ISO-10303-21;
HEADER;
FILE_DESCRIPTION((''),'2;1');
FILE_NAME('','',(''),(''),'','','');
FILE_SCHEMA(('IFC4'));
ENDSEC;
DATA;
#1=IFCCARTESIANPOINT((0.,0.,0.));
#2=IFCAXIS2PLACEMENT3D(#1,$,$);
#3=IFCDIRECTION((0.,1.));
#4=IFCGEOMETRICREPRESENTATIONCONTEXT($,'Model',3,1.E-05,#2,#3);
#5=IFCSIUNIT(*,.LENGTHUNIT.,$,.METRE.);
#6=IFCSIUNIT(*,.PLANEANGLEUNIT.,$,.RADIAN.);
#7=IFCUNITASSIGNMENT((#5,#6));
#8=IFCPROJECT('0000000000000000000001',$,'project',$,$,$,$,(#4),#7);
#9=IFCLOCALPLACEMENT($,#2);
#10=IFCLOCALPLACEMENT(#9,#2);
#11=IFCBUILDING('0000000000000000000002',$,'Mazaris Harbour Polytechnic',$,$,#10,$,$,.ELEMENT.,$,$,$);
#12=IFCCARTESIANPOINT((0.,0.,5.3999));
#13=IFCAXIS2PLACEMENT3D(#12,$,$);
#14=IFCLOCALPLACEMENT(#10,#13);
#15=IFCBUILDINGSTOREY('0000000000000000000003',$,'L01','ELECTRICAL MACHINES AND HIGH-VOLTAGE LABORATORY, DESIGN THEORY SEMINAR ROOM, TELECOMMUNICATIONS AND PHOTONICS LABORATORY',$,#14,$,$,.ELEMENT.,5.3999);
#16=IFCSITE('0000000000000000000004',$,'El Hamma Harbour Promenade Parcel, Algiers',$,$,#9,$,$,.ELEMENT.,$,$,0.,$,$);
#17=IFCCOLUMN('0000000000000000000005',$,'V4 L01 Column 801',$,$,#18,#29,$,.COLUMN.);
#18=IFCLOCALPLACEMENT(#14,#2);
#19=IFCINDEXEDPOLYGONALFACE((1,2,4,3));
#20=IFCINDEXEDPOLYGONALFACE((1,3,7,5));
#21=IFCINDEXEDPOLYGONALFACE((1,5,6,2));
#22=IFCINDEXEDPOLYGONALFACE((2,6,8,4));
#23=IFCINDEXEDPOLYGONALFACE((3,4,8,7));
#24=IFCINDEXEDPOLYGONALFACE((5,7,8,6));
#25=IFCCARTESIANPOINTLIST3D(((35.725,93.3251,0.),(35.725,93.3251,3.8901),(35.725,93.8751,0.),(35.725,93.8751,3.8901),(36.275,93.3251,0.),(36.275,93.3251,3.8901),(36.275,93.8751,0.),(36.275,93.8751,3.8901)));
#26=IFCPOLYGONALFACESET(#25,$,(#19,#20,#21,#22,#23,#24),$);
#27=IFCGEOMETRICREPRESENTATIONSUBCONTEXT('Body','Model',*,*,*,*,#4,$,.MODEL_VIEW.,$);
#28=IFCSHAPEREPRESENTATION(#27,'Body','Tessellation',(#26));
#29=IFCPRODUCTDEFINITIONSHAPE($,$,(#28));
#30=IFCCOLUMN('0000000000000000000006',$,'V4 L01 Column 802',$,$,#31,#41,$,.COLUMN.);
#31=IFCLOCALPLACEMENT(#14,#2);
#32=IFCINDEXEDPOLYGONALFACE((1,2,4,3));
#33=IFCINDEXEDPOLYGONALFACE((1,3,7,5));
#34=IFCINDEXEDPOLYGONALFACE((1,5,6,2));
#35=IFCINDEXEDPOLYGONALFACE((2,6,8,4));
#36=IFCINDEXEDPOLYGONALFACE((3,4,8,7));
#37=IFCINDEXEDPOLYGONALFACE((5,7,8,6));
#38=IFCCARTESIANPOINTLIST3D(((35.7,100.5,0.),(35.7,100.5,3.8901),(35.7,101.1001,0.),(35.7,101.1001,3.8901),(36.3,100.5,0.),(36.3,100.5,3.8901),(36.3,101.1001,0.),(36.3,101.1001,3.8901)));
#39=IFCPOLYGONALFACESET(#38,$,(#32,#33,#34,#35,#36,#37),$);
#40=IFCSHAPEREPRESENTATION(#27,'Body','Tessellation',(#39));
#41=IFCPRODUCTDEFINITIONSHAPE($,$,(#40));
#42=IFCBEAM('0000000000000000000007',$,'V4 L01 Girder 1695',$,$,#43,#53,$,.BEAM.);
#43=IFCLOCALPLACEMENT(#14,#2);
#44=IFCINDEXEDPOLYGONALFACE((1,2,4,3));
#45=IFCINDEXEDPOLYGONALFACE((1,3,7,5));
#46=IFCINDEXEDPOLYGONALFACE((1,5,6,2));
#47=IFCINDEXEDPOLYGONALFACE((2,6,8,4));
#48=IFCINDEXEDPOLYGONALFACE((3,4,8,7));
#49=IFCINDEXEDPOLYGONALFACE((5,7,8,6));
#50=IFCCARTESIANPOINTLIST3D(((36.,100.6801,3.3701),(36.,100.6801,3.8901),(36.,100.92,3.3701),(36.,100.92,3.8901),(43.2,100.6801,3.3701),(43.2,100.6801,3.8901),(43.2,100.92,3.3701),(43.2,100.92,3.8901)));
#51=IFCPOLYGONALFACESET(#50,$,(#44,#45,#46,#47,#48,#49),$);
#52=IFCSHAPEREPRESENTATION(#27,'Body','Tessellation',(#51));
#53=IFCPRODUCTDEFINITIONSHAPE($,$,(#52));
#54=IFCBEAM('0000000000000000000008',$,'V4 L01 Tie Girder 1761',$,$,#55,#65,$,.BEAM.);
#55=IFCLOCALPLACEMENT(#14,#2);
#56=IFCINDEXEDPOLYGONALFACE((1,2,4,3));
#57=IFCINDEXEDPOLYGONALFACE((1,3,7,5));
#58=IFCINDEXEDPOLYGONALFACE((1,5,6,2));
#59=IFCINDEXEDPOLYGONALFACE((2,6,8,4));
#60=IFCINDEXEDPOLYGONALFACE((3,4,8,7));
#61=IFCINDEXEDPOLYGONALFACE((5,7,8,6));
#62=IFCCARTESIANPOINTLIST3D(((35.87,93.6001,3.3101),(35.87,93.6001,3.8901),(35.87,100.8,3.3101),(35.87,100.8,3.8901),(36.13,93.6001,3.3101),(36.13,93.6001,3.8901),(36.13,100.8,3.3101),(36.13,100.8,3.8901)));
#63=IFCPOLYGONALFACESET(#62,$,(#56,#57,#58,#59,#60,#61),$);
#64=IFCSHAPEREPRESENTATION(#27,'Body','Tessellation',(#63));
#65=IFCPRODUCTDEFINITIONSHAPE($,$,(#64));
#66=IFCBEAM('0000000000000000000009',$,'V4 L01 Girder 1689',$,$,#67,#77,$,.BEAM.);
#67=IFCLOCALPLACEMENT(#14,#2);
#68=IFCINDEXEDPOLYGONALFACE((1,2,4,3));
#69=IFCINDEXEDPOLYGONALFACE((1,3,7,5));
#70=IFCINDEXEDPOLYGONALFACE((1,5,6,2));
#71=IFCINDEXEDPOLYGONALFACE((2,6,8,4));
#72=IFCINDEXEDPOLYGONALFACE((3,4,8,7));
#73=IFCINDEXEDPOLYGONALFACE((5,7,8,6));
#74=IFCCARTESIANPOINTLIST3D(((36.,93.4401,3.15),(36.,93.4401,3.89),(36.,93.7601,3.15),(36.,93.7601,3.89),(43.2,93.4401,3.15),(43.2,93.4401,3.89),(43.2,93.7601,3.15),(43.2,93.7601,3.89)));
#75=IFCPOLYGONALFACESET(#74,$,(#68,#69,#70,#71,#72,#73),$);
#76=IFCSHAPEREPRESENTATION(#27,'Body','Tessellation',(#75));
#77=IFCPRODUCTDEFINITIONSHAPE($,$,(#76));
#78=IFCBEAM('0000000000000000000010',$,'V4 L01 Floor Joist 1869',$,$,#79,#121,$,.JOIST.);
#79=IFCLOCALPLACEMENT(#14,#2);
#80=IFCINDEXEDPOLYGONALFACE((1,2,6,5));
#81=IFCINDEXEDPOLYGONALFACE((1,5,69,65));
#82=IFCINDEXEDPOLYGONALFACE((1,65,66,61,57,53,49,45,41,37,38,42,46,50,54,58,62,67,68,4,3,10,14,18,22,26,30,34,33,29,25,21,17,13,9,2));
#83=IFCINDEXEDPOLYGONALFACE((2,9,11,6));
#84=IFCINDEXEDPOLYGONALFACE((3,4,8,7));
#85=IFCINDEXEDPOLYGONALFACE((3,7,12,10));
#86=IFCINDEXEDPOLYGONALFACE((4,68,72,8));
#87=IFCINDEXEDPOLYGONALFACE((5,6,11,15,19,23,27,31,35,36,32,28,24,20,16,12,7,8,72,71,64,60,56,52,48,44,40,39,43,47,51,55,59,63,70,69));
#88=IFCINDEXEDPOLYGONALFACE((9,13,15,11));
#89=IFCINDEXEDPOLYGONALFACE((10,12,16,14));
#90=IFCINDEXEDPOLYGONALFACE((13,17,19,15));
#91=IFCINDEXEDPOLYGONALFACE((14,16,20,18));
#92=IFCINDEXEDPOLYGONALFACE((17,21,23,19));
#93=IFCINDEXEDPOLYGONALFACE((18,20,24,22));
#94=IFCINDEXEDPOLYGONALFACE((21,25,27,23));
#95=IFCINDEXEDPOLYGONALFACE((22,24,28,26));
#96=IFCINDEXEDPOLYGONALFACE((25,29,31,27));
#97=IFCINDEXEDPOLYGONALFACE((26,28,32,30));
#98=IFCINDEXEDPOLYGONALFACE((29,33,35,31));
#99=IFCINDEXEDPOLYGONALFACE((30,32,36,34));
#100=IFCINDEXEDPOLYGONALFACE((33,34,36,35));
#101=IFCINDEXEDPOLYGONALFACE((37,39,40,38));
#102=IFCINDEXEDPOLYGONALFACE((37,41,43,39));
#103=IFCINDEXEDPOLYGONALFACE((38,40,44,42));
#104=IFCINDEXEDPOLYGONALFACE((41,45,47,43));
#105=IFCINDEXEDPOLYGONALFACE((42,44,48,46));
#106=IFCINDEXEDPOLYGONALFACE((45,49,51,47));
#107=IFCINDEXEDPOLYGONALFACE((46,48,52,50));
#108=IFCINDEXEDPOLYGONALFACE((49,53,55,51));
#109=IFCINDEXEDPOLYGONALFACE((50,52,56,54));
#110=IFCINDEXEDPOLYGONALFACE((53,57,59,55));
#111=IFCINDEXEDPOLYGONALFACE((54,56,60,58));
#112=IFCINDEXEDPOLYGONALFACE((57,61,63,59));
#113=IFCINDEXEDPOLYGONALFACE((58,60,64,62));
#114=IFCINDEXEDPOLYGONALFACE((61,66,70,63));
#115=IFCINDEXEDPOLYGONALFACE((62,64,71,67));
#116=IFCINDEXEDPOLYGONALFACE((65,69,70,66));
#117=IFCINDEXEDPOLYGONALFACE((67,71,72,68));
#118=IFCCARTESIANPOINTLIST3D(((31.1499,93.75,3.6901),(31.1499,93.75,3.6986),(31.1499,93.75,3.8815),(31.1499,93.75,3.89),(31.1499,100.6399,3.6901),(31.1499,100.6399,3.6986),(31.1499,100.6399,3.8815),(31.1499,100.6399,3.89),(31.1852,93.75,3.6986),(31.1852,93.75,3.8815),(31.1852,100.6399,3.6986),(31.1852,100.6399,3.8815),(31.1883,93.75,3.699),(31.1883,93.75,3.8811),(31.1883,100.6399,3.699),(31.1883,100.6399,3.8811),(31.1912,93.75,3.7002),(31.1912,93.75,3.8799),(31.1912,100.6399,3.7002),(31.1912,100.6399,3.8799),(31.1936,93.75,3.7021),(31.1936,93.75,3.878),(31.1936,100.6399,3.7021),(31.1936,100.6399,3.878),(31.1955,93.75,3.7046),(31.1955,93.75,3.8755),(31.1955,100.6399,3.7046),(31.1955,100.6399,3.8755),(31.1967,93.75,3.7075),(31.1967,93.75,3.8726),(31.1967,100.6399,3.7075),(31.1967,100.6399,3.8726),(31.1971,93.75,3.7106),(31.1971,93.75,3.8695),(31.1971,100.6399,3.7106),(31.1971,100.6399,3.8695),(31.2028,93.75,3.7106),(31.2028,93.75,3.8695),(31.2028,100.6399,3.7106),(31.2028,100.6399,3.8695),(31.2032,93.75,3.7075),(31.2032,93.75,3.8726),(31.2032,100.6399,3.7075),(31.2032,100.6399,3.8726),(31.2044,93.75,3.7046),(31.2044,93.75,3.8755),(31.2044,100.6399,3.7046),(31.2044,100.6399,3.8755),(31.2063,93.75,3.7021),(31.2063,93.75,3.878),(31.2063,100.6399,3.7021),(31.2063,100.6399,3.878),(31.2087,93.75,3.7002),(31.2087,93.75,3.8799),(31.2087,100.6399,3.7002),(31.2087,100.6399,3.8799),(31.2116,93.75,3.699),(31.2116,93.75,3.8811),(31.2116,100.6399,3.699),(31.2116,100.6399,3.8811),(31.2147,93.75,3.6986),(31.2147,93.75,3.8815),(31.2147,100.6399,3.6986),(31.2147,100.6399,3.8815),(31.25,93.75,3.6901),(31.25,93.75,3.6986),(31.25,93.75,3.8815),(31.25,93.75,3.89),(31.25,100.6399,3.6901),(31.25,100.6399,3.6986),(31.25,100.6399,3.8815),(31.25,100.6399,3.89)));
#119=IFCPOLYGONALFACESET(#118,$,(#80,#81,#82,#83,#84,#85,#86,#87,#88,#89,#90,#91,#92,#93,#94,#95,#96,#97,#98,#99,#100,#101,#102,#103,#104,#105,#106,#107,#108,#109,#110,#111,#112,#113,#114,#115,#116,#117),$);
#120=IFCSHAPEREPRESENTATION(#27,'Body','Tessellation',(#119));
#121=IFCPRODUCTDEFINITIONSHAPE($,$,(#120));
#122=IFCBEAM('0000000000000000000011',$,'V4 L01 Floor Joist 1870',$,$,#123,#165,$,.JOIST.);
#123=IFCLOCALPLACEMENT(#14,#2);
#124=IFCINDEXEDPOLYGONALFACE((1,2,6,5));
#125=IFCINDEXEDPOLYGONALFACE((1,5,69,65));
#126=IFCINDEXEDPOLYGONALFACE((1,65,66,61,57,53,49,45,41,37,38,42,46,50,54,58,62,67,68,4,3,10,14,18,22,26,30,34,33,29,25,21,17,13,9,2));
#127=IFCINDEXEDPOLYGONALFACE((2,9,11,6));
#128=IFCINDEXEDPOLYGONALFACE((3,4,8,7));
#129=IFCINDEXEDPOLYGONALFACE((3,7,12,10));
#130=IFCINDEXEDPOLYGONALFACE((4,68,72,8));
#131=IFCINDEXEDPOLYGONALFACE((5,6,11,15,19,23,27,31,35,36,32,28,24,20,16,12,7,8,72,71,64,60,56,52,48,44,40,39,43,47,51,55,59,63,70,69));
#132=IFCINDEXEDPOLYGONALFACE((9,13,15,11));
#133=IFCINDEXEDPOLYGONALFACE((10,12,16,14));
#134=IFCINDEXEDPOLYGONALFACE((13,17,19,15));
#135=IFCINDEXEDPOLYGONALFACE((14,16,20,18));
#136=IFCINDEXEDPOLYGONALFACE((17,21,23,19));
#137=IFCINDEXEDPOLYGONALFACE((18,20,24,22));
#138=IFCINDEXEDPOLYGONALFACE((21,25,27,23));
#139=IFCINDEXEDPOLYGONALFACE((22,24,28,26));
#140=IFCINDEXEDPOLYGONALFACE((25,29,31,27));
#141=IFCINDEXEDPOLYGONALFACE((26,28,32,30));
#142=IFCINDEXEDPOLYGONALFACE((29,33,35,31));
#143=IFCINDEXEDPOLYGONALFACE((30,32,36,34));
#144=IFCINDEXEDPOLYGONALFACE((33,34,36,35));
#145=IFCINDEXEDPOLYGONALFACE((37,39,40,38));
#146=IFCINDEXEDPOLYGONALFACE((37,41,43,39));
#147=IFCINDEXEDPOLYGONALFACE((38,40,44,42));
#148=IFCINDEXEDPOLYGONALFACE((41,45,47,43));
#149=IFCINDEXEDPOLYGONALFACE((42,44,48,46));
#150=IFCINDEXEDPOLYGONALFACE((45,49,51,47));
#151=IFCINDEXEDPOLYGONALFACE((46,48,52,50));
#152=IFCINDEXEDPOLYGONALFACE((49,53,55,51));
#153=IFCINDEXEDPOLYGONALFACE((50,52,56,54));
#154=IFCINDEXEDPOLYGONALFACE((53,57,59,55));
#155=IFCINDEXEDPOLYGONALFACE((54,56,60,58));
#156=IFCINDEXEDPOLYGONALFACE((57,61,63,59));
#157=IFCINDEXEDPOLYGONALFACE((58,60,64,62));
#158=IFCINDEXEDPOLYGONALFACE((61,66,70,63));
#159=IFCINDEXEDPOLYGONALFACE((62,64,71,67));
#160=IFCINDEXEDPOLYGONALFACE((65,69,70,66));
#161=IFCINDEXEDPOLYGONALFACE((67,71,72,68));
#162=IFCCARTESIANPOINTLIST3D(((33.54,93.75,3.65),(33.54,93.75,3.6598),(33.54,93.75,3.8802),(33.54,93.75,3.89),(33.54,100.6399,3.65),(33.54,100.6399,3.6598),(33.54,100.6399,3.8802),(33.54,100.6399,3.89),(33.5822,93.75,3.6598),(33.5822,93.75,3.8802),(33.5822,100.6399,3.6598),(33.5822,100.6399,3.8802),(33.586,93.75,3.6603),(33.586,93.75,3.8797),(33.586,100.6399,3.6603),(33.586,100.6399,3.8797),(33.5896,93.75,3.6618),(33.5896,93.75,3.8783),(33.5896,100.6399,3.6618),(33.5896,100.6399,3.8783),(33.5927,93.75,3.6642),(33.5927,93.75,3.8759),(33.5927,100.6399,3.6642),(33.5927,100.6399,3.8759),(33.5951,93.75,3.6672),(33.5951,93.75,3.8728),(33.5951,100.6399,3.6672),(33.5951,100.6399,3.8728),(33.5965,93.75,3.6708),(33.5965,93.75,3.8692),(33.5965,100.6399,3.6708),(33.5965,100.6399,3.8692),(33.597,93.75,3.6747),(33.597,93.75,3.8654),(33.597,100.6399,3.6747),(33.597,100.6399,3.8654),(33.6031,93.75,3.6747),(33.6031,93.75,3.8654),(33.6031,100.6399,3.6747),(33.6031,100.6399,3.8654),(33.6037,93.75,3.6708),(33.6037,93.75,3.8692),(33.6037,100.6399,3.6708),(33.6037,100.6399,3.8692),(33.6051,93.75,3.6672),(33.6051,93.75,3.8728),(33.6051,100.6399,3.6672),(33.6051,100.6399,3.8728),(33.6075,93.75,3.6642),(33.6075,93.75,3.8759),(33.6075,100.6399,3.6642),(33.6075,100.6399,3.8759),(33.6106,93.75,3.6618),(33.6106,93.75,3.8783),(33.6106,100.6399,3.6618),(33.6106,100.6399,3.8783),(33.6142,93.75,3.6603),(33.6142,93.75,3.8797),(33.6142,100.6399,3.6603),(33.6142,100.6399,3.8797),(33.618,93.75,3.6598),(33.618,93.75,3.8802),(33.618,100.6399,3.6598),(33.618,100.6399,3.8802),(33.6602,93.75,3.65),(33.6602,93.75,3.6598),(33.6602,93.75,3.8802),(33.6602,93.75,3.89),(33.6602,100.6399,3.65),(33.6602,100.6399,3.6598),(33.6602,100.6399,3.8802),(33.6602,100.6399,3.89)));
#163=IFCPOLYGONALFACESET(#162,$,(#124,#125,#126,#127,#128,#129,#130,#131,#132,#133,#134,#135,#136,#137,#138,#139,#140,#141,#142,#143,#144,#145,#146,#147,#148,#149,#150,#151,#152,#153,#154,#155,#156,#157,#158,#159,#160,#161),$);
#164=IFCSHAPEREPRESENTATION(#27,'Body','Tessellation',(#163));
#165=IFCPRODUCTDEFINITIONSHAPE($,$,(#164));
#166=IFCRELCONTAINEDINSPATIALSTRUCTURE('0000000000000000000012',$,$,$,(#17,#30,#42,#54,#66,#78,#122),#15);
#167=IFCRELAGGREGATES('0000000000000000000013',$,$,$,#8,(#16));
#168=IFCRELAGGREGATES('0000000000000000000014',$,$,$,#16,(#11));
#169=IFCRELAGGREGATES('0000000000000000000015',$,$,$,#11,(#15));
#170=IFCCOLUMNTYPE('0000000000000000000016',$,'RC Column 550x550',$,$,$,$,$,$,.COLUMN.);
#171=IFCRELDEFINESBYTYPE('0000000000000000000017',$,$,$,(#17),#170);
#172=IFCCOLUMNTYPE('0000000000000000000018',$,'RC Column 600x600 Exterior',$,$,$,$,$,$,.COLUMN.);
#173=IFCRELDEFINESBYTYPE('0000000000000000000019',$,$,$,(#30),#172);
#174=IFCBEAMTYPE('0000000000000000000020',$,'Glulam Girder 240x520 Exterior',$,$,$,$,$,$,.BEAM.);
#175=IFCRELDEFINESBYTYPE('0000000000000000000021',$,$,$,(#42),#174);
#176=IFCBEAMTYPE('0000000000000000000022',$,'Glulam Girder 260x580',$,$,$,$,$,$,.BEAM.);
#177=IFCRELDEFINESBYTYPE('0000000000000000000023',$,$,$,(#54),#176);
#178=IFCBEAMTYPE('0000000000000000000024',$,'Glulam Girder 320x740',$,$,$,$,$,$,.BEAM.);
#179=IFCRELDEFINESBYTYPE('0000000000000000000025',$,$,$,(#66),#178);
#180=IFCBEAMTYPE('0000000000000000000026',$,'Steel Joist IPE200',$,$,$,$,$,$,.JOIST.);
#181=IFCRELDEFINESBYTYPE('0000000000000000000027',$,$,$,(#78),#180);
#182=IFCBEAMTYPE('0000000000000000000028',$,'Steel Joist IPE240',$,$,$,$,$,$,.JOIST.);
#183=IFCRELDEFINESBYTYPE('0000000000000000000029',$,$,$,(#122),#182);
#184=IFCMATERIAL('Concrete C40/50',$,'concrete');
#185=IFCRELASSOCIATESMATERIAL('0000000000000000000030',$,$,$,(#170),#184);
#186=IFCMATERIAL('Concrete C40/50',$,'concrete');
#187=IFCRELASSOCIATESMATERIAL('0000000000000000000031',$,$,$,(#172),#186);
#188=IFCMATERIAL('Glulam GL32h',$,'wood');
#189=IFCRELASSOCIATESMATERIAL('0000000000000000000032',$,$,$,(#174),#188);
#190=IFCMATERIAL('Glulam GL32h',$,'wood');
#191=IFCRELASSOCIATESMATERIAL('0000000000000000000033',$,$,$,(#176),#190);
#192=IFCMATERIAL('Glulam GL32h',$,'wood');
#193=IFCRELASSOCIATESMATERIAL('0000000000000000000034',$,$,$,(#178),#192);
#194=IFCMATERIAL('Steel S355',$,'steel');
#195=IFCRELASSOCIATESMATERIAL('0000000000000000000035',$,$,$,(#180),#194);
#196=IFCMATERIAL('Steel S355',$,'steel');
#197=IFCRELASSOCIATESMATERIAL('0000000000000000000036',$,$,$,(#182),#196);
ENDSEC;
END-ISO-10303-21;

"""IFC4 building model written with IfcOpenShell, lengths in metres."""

from ifc_helpers import new_model, si_unit, direction, frame, origin, origin_2d, place, context, subcontext, project, spatial, rectangle, i_section, extrude, material, material_profile, profile_set, type_object, element, save


model = new_model("IFC4")

# Units and contexts
model_context = context("Model", 3, precision=1e-05, world=origin(), true_north=direction((0.0, 1.0)))
body_context = subcontext(model_context, "Body", "Model", "MODEL_VIEW")
ifc_project = project(units=[si_unit("LENGTHUNIT", "METRE"), si_unit("PLANEANGLEUNIT", "RADIAN")], contexts=[model_context])

# Site, building, storey
site_placement = place(None, origin())
site = spatial("IfcSite", under=ifc_project, at=site_placement, Name="El Hamma Harbour Promenade Parcel, Algiers", CompositionType="ELEMENT", RefElevation=0.0)
building_placement = place(site_placement, origin())
building = spatial("IfcBuilding", under=site, at=building_placement, Name="Mazaris Harbour Polytechnic", CompositionType="ELEMENT")
storey_placement = place(building_placement, frame((0.0, 0.0, 5.3999)))
storey = spatial("IfcBuildingStorey", under=building, at=storey_placement, Name="L01", Description="ELECTRICAL MACHINES AND HIGH-VOLTAGE LABORATORY, DESIGN THEORY SEMINAR ROOM, TELECOMMUNICATIONS AND PHOTONICS LABORATORY", CompositionType="ELEMENT", Elevation=5.3999)

# Columns
ifc_material_1 = material(Name="Concrete C40/50", Category="concrete")
ifc_material_profile_1 = material_profile(ifc_material_1, rectangle(XDim=0.55, YDim=0.55, at=origin_2d()), Name="RECT550x550")
ifc_profile_set_1 = profile_set([ifc_material_profile_1], Name="Concrete C40/50")
column_type_1 = type_object("IfcColumnType", Name="RC Column 550x550", PredefinedType="COLUMN", material=ifc_profile_set_1)
column_1_placement = place(storey_placement, frame((36.0, 93.6001, 0.0), z_axis=(0.0, 0.0, 1.0), x_axis=(1.0, 0.0, 0.0)))
element("IfcColumn", 1, at=column_1_placement, inside=storey, type_object=column_type_1, Name="V4 L01 Column 801", PredefinedType="COLUMN", context=body_context, shape_type="SweptSolid", body=[
    extrude(rectangle(XDim=0.55, YDim=0.55, at=origin_2d()), origin(), (0.0, 0.0, 1.0), 3.8901),
])
ifc_material_2 = material(Name="Concrete C40/50", Category="concrete")
ifc_material_profile_2 = material_profile(ifc_material_2, rectangle(XDim=0.6001, YDim=0.6001, at=origin_2d()), Name="RECT600x600")
ifc_profile_set_2 = profile_set([ifc_material_profile_2], Name="Concrete C40/50")
column_type_2 = type_object("IfcColumnType", Name="RC Column 600x600 Exterior", PredefinedType="COLUMN", material=ifc_profile_set_2)
column_2_placement = place(storey_placement, frame((36.0, 100.8, 0.0), z_axis=(0.0, 0.0, 1.0), x_axis=(1.0, 0.0, 0.0)))
element("IfcColumn", 2, at=column_2_placement, inside=storey, type_object=column_type_2, Name="V4 L01 Column 802", PredefinedType="COLUMN", context=body_context, shape_type="SweptSolid", body=[
    extrude(rectangle(XDim=0.6001, YDim=0.6001, at=origin_2d()), origin(), (0.0, 0.0, 1.0), 3.8901),
])

# Beams
ifc_material_3 = material(Name="Glulam GL32h", Category="wood")
ifc_material_profile_3 = material_profile(ifc_material_3, rectangle(XDim=0.24, YDim=0.52, at=origin_2d()), Name="RECT240x520")
ifc_profile_set_3 = profile_set([ifc_material_profile_3], Name="Glulam GL32h")
beam_type_1 = type_object("IfcBeamType", Name="Glulam Girder 240x520 Exterior", PredefinedType="BEAM", material=ifc_profile_set_3)
beam_1_placement = place(storey_placement, frame((36.0, 100.8, 3.6301), z_axis=(1.0, 0.0, 0.0), x_axis=(0.0, 1.0, 0.0)))
element("IfcBeam", 3, at=beam_1_placement, inside=storey, type_object=beam_type_1, Name="V4 L01 Girder 1695", PredefinedType="BEAM", context=body_context, shape_type="SweptSolid", body=[
    extrude(rectangle(XDim=0.24, YDim=0.52, at=origin_2d()), origin(), (0.0, 0.0, 1.0), 7.2),
])
ifc_material_4 = material(Name="Glulam GL32h", Category="wood")
ifc_material_profile_4 = material_profile(ifc_material_4, rectangle(XDim=0.26, YDim=0.5801, at=origin_2d()), Name="RECT260x580")
ifc_profile_set_4 = profile_set([ifc_material_profile_4], Name="Glulam GL32h")
beam_type_2 = type_object("IfcBeamType", Name="Glulam Girder 260x580", PredefinedType="BEAM", material=ifc_profile_set_4)
beam_2_placement = place(storey_placement, frame((36.0, 93.6001, 3.6001), z_axis=(0.0, 1.0, 0.0), x_axis=(-1.0, 0.0, 0.0)))
element("IfcBeam", 4, at=beam_2_placement, inside=storey, type_object=beam_type_2, Name="V4 L01 Tie Girder 1761", PredefinedType="BEAM", context=body_context, shape_type="SweptSolid", body=[
    extrude(rectangle(XDim=0.26, YDim=0.5801, at=origin_2d()), origin(), (0.0, 0.0, 1.0), 7.2),
])
ifc_material_5 = material(Name="Glulam GL32h", Category="wood")
ifc_material_profile_5 = material_profile(ifc_material_5, rectangle(XDim=0.3201, YDim=0.74, at=origin_2d()), Name="RECT320x740")
ifc_profile_set_5 = profile_set([ifc_material_profile_5], Name="Glulam GL32h")
beam_type_3 = type_object("IfcBeamType", Name="Glulam Girder 320x740", PredefinedType="BEAM", material=ifc_profile_set_5)
beam_3_placement = place(storey_placement, frame((36.0, 93.6001, 3.52), z_axis=(1.0, 0.0, 0.0), x_axis=(0.0, 1.0, 0.0)))
element("IfcBeam", 5, at=beam_3_placement, inside=storey, type_object=beam_type_3, Name="V4 L01 Girder 1689", PredefinedType="BEAM", context=body_context, shape_type="SweptSolid", body=[
    extrude(rectangle(XDim=0.3201, YDim=0.74, at=origin_2d()), origin(), (0.0, 0.0, 1.0), 7.2),
])
ifc_material_6 = material(Name="Steel S355", Category="steel")
ifc_material_profile_6 = material_profile(ifc_material_6, i_section(OverallWidth=0.1001, OverallDepth=0.2, WebThickness=0.0056, FlangeThickness=0.0085, FilletRadius=0.012, at=origin_2d()), Name="IPE 200")
ifc_profile_set_6 = profile_set([ifc_material_profile_6], Name="Steel S355")
beam_type_4 = type_object("IfcBeamType", Name="Steel Joist IPE200", PredefinedType="JOIST", material=ifc_profile_set_6)
beam_4_placement = place(storey_placement, frame((31.2, 93.75, 3.79), z_axis=(0.0, 1.0, 0.0), x_axis=(-1.0, 0.0, 0.0)))
element("IfcBeam", 6, at=beam_4_placement, inside=storey, type_object=beam_type_4, Name="V4 L01 Floor Joist 1869", PredefinedType="JOIST", context=body_context, shape_type="SweptSolid", body=[
    extrude(i_section(OverallWidth=0.1001, OverallDepth=0.2, WebThickness=0.0056, FlangeThickness=0.0085, FilletRadius=0.012, at=origin_2d()), origin(), (0.0, 0.0, 1.0), 6.8899),
])
ifc_material_7 = material(Name="Steel S355", Category="steel")
ifc_material_profile_7 = material_profile(ifc_material_7, i_section(OverallWidth=0.1201, OverallDepth=0.24, WebThickness=0.0061, FlangeThickness=0.0098, FilletRadius=0.0149, at=origin_2d()), Name="IPE 240")
ifc_profile_set_7 = profile_set([ifc_material_profile_7], Name="Steel S355")
beam_type_5 = type_object("IfcBeamType", Name="Steel Joist IPE240", PredefinedType="JOIST", material=ifc_profile_set_7)
beam_5_placement = place(storey_placement, frame((33.6001, 93.75, 3.77), z_axis=(0.0, 1.0, 0.0), x_axis=(-1.0, 0.0, 0.0)))
element("IfcBeam", 7, at=beam_5_placement, inside=storey, type_object=beam_type_5, Name="V4 L01 Floor Joist 1870", PredefinedType="JOIST", context=body_context, shape_type="SweptSolid", body=[
    extrude(i_section(OverallWidth=0.1201, OverallDepth=0.24, WebThickness=0.0061, FlangeThickness=0.0098, FilletRadius=0.0149, at=origin_2d()), origin(), (0.0, 0.0, 1.0), 6.8899),
])

save(model, "model.ifc")
